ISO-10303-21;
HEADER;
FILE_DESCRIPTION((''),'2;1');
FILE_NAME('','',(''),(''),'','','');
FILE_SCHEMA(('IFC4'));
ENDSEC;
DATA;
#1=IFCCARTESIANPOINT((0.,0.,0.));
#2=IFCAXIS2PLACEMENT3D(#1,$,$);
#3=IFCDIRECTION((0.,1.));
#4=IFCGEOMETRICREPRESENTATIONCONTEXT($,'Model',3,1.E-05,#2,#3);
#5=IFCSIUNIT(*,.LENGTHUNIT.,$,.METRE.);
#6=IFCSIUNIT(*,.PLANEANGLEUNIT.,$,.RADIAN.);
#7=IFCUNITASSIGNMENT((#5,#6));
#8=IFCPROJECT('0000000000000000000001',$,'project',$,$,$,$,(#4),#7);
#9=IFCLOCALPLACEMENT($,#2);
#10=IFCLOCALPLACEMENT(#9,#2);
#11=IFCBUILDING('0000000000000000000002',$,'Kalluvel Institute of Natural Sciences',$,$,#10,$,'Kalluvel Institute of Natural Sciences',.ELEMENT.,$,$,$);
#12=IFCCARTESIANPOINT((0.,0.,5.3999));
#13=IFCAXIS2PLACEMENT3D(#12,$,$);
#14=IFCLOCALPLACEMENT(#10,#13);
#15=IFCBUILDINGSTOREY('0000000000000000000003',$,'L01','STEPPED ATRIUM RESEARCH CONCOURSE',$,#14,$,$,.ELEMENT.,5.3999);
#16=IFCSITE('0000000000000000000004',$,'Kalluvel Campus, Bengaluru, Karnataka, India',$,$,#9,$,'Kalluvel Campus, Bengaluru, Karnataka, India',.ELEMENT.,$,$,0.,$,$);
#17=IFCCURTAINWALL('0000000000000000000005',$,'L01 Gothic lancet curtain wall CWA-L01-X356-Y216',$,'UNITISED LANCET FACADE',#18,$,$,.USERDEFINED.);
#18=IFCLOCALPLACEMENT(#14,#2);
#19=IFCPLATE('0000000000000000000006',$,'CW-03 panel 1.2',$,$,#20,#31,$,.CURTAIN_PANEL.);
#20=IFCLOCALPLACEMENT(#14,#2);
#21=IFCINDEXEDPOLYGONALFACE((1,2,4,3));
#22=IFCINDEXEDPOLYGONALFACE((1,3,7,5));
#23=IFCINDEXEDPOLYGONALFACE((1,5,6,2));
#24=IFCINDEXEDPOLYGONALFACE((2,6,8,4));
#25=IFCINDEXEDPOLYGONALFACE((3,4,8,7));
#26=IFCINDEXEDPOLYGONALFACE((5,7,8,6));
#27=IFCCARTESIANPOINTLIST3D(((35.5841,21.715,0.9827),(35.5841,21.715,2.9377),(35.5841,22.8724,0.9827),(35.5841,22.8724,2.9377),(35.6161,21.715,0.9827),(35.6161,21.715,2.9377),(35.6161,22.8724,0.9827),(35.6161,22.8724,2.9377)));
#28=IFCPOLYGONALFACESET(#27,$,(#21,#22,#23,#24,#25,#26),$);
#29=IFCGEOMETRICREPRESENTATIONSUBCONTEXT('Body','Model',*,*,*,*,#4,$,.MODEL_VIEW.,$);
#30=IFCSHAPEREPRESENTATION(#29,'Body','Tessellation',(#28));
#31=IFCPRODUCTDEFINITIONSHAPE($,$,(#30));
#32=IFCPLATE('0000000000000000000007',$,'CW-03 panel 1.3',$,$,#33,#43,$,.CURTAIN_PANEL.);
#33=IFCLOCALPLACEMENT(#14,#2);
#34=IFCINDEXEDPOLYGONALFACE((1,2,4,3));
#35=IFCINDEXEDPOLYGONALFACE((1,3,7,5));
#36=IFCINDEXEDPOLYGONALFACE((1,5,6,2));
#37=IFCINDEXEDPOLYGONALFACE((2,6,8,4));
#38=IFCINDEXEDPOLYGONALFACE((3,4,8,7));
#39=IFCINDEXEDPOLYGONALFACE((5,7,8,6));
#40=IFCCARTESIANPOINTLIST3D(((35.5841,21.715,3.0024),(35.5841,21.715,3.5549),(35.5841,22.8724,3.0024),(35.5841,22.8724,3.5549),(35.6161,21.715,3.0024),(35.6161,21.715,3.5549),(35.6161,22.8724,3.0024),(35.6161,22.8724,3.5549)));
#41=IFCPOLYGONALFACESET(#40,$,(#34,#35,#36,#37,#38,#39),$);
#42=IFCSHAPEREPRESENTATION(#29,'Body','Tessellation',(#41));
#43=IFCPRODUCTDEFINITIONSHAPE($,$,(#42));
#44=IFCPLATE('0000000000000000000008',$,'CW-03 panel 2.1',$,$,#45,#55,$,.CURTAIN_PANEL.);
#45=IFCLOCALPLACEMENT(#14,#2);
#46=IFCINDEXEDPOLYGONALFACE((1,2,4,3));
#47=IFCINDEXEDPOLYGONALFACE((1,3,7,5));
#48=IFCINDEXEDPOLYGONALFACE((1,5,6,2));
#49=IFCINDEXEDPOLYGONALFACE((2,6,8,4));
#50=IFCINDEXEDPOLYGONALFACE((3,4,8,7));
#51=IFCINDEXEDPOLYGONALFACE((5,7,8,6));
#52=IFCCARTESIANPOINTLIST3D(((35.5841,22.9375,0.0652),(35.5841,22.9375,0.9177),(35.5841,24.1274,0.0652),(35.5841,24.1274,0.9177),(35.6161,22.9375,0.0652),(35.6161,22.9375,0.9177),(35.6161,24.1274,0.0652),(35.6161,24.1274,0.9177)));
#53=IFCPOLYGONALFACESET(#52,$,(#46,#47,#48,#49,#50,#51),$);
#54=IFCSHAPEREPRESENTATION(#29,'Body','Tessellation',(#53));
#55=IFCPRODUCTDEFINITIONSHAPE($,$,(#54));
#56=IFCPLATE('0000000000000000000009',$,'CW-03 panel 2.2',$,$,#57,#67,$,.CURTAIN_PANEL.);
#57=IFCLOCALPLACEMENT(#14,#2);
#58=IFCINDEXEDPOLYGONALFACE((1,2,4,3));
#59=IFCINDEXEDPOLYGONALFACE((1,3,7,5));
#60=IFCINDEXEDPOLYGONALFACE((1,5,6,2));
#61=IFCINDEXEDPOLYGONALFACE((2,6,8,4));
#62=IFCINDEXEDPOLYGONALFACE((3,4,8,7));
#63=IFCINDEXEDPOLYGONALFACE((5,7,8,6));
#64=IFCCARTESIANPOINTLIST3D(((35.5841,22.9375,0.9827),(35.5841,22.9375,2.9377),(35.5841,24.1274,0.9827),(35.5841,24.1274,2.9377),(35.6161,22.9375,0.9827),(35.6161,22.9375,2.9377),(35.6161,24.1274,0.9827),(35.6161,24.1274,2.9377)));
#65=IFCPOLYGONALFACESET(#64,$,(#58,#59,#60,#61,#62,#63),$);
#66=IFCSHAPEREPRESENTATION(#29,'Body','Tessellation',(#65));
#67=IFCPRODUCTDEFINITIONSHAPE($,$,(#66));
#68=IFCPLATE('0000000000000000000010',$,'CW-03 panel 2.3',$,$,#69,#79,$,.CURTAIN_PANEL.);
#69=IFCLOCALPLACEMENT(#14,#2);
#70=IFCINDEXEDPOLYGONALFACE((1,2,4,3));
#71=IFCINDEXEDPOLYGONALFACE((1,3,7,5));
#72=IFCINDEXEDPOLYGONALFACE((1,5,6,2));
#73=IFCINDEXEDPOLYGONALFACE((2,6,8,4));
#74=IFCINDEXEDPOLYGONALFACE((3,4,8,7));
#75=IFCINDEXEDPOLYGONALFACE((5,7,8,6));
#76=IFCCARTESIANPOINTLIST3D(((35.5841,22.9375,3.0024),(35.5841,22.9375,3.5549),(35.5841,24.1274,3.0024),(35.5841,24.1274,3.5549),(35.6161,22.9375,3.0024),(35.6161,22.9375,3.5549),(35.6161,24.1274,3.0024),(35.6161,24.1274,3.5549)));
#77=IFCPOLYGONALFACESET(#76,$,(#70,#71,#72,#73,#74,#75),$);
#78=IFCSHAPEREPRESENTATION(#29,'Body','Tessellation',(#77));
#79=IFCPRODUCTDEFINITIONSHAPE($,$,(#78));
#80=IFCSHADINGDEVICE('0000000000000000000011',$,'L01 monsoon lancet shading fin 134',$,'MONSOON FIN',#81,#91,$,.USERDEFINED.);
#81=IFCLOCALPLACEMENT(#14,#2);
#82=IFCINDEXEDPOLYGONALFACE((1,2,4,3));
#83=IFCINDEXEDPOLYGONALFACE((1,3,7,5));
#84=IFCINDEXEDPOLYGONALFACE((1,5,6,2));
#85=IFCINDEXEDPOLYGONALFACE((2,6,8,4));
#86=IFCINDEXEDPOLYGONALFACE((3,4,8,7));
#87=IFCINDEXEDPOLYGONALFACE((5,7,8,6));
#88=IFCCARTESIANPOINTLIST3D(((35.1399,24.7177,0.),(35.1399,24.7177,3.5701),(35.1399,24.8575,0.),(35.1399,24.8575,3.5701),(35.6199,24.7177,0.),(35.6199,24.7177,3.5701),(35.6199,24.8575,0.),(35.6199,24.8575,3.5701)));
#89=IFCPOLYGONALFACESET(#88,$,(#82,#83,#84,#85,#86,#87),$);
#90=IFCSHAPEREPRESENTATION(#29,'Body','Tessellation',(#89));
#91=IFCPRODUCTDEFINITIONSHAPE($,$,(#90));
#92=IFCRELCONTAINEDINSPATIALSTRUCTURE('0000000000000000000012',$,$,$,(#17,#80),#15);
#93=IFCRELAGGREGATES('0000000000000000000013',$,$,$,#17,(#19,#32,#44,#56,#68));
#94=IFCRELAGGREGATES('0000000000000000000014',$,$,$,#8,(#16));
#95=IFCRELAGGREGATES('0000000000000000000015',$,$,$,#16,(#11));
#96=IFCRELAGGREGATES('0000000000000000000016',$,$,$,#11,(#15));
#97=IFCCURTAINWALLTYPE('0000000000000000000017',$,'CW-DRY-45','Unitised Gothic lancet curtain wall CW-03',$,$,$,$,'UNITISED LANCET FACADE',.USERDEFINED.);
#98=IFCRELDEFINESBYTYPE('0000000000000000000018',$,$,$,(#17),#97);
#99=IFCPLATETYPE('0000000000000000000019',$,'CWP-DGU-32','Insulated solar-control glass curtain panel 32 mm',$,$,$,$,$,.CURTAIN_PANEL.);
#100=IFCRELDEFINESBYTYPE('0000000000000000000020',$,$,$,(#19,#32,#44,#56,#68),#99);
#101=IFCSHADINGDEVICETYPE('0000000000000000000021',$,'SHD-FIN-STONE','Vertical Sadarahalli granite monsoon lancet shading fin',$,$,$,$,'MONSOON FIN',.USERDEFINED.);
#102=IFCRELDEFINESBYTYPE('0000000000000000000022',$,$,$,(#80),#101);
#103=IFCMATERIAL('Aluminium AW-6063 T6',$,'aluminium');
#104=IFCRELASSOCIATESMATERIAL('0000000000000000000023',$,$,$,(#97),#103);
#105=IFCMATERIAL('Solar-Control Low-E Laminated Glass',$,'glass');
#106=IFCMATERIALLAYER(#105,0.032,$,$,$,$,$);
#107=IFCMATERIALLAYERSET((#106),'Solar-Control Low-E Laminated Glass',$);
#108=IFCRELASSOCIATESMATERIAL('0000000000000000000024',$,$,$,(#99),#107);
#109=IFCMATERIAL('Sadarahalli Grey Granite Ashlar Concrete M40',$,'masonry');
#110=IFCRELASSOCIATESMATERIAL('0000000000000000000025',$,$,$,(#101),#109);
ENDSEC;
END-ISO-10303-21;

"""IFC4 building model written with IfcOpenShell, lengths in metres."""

from ifc_helpers import new_model, si_unit, direction, frame, origin, origin_2d, place, context, subcontext, project, spatial, rectangle, extrude, material, layer, layer_set, type_object, element, aggregate, save


model = new_model("IFC4")

# Units and contexts
model_context = context("Model", 3, precision=1e-05, world=origin(), true_north=direction((0.0, 1.0)))
body_context = subcontext(model_context, "Body", "Model", "MODEL_VIEW")
ifc_project = project(units=[si_unit("LENGTHUNIT", "METRE"), si_unit("PLANEANGLEUNIT", "RADIAN")], contexts=[model_context])

# Site, building, storey
site_placement = place(None, origin())
site = spatial("IfcSite", under=ifc_project, at=site_placement, Name="Kalluvel Campus, Bengaluru, Karnataka, India", LongName="Kalluvel Campus, Bengaluru, Karnataka, India", CompositionType="ELEMENT", RefElevation=0.0)
building_placement = place(site_placement, origin())
building = spatial("IfcBuilding", under=site, at=building_placement, Name="Kalluvel Institute of Natural Sciences", LongName="Kalluvel Institute of Natural Sciences", CompositionType="ELEMENT")
storey_placement = place(building_placement, frame((0.0, 0.0, 5.3999)))
storey = spatial("IfcBuildingStorey", under=building, at=storey_placement, Name="L01", Description="STEPPED ATRIUM RESEARCH CONCOURSE", CompositionType="ELEMENT", Elevation=5.3999)

# Curtain wall, plates
ifc_material_1 = material(Name="Aluminium AW-6063 T6", Category="aluminium")
curtain_wall_type = type_object("IfcCurtainWallType", Name="CW-DRY-45", Description="Unitised Gothic lancet curtain wall CW-03", ElementType="UNITISED LANCET FACADE", PredefinedType="USERDEFINED", material=ifc_material_1)
curtain_wall_placement = place(storey_placement, origin())
curtain_wall = element("IfcCurtainWall", 1, at=curtain_wall_placement, inside=storey, type_object=curtain_wall_type, Name="L01 Gothic lancet curtain wall CWA-L01-X356-Y216", ObjectType="UNITISED LANCET FACADE", PredefinedType="USERDEFINED")
ifc_material_2 = material(Name="Solar-Control Low-E Laminated Glass", Category="glass")
ifc_layer = layer(ifc_material_2, 0.032)
ifc_layer_set = layer_set([ifc_layer], Name="Solar-Control Low-E Laminated Glass")
plate_type = type_object("IfcPlateType", Name="CWP-DGU-32", Description="Insulated solar-control glass curtain panel 32 mm", PredefinedType="CURTAIN_PANEL", material=ifc_layer_set)
plate_1_placement = place(storey_placement, frame((35.6001, 22.2937, 0.9827), z_axis=(0.0, 0.0, 1.0), x_axis=(0.0, 1.0, 0.0)))
plate_1 = element("IfcPlate", 2, at=plate_1_placement, type_object=plate_type, Name="CW-03 panel 1.2", PredefinedType="CURTAIN_PANEL", context=body_context, shape_type="SweptSolid", body=[
    extrude(rectangle(XDim=1.1575, YDim=0.032, at=origin_2d()), origin(), (0.0, 0.0, 1.0), 1.9551),
])
plate_2_placement = place(storey_placement, frame((35.6001, 22.2937, 3.0024), z_axis=(0.0, 0.0, 1.0), x_axis=(0.0, 1.0, 0.0)))
plate_2 = element("IfcPlate", 3, at=plate_2_placement, type_object=plate_type, Name="CW-03 panel 1.3", PredefinedType="CURTAIN_PANEL", context=body_context, shape_type="SweptSolid", body=[
    extrude(rectangle(XDim=1.1575, YDim=0.032, at=origin_2d()), origin(), (0.0, 0.0, 1.0), 0.5525),
])
plate_3_placement = place(storey_placement, frame((35.6001, 23.5325, 0.0652), z_axis=(0.0, 0.0, 1.0), x_axis=(0.0, 1.0, 0.0)))
plate_3 = element("IfcPlate", 4, at=plate_3_placement, type_object=plate_type, Name="CW-03 panel 2.1", PredefinedType="CURTAIN_PANEL", context=body_context, shape_type="SweptSolid", body=[
    extrude(rectangle(XDim=1.1899, YDim=0.032, at=origin_2d()), origin(), (0.0, 0.0, 1.0), 0.8525),
])
plate_4_placement = place(storey_placement, frame((35.6001, 23.5325, 0.9827), z_axis=(0.0, 0.0, 1.0), x_axis=(0.0, 1.0, 0.0)))
plate_4 = element("IfcPlate", 5, at=plate_4_placement, type_object=plate_type, Name="CW-03 panel 2.2", PredefinedType="CURTAIN_PANEL", context=body_context, shape_type="SweptSolid", body=[
    extrude(rectangle(XDim=1.1899, YDim=0.032, at=origin_2d()), origin(), (0.0, 0.0, 1.0), 1.9551),
])
plate_5_placement = place(storey_placement, frame((35.6001, 23.5325, 3.0024), z_axis=(0.0, 0.0, 1.0), x_axis=(0.0, 1.0, 0.0)))
plate_5 = element("IfcPlate", 6, at=plate_5_placement, type_object=plate_type, Name="CW-03 panel 2.3", PredefinedType="CURTAIN_PANEL", context=body_context, shape_type="SweptSolid", body=[
    extrude(rectangle(XDim=1.1899, YDim=0.032, at=origin_2d()), origin(), (0.0, 0.0, 1.0), 0.5525),
])
aggregate(curtain_wall, [plate_1, plate_2, plate_3, plate_4, plate_5])

# Shading device
ifc_material_3 = material(Name="Sadarahalli Grey Granite Ashlar Concrete M40", Category="masonry")
shading_device_type = type_object("IfcShadingDeviceType", Name="SHD-FIN-STONE", Description="Vertical Sadarahalli granite monsoon lancet shading fin", ElementType="MONSOON FIN", PredefinedType="USERDEFINED", material=ifc_material_3)
shading_device_placement = place(storey_placement, frame((35.3799, 24.7876, 0.0), z_axis=(0.0, 0.0, 1.0), x_axis=(0.0, 1.0, 0.0)))
element("IfcShadingDevice", 7, at=shading_device_placement, inside=storey, type_object=shading_device_type, Name="L01 monsoon lancet shading fin 134", ObjectType="MONSOON FIN", PredefinedType="USERDEFINED", context=body_context, shape_type="SweptSolid", body=[
    extrude(rectangle(XDim=0.1399, YDim=0.48, at=origin_2d()), origin(), (0.0, 0.0, 1.0), 3.5701),
])

save(model, "model.ifc")
